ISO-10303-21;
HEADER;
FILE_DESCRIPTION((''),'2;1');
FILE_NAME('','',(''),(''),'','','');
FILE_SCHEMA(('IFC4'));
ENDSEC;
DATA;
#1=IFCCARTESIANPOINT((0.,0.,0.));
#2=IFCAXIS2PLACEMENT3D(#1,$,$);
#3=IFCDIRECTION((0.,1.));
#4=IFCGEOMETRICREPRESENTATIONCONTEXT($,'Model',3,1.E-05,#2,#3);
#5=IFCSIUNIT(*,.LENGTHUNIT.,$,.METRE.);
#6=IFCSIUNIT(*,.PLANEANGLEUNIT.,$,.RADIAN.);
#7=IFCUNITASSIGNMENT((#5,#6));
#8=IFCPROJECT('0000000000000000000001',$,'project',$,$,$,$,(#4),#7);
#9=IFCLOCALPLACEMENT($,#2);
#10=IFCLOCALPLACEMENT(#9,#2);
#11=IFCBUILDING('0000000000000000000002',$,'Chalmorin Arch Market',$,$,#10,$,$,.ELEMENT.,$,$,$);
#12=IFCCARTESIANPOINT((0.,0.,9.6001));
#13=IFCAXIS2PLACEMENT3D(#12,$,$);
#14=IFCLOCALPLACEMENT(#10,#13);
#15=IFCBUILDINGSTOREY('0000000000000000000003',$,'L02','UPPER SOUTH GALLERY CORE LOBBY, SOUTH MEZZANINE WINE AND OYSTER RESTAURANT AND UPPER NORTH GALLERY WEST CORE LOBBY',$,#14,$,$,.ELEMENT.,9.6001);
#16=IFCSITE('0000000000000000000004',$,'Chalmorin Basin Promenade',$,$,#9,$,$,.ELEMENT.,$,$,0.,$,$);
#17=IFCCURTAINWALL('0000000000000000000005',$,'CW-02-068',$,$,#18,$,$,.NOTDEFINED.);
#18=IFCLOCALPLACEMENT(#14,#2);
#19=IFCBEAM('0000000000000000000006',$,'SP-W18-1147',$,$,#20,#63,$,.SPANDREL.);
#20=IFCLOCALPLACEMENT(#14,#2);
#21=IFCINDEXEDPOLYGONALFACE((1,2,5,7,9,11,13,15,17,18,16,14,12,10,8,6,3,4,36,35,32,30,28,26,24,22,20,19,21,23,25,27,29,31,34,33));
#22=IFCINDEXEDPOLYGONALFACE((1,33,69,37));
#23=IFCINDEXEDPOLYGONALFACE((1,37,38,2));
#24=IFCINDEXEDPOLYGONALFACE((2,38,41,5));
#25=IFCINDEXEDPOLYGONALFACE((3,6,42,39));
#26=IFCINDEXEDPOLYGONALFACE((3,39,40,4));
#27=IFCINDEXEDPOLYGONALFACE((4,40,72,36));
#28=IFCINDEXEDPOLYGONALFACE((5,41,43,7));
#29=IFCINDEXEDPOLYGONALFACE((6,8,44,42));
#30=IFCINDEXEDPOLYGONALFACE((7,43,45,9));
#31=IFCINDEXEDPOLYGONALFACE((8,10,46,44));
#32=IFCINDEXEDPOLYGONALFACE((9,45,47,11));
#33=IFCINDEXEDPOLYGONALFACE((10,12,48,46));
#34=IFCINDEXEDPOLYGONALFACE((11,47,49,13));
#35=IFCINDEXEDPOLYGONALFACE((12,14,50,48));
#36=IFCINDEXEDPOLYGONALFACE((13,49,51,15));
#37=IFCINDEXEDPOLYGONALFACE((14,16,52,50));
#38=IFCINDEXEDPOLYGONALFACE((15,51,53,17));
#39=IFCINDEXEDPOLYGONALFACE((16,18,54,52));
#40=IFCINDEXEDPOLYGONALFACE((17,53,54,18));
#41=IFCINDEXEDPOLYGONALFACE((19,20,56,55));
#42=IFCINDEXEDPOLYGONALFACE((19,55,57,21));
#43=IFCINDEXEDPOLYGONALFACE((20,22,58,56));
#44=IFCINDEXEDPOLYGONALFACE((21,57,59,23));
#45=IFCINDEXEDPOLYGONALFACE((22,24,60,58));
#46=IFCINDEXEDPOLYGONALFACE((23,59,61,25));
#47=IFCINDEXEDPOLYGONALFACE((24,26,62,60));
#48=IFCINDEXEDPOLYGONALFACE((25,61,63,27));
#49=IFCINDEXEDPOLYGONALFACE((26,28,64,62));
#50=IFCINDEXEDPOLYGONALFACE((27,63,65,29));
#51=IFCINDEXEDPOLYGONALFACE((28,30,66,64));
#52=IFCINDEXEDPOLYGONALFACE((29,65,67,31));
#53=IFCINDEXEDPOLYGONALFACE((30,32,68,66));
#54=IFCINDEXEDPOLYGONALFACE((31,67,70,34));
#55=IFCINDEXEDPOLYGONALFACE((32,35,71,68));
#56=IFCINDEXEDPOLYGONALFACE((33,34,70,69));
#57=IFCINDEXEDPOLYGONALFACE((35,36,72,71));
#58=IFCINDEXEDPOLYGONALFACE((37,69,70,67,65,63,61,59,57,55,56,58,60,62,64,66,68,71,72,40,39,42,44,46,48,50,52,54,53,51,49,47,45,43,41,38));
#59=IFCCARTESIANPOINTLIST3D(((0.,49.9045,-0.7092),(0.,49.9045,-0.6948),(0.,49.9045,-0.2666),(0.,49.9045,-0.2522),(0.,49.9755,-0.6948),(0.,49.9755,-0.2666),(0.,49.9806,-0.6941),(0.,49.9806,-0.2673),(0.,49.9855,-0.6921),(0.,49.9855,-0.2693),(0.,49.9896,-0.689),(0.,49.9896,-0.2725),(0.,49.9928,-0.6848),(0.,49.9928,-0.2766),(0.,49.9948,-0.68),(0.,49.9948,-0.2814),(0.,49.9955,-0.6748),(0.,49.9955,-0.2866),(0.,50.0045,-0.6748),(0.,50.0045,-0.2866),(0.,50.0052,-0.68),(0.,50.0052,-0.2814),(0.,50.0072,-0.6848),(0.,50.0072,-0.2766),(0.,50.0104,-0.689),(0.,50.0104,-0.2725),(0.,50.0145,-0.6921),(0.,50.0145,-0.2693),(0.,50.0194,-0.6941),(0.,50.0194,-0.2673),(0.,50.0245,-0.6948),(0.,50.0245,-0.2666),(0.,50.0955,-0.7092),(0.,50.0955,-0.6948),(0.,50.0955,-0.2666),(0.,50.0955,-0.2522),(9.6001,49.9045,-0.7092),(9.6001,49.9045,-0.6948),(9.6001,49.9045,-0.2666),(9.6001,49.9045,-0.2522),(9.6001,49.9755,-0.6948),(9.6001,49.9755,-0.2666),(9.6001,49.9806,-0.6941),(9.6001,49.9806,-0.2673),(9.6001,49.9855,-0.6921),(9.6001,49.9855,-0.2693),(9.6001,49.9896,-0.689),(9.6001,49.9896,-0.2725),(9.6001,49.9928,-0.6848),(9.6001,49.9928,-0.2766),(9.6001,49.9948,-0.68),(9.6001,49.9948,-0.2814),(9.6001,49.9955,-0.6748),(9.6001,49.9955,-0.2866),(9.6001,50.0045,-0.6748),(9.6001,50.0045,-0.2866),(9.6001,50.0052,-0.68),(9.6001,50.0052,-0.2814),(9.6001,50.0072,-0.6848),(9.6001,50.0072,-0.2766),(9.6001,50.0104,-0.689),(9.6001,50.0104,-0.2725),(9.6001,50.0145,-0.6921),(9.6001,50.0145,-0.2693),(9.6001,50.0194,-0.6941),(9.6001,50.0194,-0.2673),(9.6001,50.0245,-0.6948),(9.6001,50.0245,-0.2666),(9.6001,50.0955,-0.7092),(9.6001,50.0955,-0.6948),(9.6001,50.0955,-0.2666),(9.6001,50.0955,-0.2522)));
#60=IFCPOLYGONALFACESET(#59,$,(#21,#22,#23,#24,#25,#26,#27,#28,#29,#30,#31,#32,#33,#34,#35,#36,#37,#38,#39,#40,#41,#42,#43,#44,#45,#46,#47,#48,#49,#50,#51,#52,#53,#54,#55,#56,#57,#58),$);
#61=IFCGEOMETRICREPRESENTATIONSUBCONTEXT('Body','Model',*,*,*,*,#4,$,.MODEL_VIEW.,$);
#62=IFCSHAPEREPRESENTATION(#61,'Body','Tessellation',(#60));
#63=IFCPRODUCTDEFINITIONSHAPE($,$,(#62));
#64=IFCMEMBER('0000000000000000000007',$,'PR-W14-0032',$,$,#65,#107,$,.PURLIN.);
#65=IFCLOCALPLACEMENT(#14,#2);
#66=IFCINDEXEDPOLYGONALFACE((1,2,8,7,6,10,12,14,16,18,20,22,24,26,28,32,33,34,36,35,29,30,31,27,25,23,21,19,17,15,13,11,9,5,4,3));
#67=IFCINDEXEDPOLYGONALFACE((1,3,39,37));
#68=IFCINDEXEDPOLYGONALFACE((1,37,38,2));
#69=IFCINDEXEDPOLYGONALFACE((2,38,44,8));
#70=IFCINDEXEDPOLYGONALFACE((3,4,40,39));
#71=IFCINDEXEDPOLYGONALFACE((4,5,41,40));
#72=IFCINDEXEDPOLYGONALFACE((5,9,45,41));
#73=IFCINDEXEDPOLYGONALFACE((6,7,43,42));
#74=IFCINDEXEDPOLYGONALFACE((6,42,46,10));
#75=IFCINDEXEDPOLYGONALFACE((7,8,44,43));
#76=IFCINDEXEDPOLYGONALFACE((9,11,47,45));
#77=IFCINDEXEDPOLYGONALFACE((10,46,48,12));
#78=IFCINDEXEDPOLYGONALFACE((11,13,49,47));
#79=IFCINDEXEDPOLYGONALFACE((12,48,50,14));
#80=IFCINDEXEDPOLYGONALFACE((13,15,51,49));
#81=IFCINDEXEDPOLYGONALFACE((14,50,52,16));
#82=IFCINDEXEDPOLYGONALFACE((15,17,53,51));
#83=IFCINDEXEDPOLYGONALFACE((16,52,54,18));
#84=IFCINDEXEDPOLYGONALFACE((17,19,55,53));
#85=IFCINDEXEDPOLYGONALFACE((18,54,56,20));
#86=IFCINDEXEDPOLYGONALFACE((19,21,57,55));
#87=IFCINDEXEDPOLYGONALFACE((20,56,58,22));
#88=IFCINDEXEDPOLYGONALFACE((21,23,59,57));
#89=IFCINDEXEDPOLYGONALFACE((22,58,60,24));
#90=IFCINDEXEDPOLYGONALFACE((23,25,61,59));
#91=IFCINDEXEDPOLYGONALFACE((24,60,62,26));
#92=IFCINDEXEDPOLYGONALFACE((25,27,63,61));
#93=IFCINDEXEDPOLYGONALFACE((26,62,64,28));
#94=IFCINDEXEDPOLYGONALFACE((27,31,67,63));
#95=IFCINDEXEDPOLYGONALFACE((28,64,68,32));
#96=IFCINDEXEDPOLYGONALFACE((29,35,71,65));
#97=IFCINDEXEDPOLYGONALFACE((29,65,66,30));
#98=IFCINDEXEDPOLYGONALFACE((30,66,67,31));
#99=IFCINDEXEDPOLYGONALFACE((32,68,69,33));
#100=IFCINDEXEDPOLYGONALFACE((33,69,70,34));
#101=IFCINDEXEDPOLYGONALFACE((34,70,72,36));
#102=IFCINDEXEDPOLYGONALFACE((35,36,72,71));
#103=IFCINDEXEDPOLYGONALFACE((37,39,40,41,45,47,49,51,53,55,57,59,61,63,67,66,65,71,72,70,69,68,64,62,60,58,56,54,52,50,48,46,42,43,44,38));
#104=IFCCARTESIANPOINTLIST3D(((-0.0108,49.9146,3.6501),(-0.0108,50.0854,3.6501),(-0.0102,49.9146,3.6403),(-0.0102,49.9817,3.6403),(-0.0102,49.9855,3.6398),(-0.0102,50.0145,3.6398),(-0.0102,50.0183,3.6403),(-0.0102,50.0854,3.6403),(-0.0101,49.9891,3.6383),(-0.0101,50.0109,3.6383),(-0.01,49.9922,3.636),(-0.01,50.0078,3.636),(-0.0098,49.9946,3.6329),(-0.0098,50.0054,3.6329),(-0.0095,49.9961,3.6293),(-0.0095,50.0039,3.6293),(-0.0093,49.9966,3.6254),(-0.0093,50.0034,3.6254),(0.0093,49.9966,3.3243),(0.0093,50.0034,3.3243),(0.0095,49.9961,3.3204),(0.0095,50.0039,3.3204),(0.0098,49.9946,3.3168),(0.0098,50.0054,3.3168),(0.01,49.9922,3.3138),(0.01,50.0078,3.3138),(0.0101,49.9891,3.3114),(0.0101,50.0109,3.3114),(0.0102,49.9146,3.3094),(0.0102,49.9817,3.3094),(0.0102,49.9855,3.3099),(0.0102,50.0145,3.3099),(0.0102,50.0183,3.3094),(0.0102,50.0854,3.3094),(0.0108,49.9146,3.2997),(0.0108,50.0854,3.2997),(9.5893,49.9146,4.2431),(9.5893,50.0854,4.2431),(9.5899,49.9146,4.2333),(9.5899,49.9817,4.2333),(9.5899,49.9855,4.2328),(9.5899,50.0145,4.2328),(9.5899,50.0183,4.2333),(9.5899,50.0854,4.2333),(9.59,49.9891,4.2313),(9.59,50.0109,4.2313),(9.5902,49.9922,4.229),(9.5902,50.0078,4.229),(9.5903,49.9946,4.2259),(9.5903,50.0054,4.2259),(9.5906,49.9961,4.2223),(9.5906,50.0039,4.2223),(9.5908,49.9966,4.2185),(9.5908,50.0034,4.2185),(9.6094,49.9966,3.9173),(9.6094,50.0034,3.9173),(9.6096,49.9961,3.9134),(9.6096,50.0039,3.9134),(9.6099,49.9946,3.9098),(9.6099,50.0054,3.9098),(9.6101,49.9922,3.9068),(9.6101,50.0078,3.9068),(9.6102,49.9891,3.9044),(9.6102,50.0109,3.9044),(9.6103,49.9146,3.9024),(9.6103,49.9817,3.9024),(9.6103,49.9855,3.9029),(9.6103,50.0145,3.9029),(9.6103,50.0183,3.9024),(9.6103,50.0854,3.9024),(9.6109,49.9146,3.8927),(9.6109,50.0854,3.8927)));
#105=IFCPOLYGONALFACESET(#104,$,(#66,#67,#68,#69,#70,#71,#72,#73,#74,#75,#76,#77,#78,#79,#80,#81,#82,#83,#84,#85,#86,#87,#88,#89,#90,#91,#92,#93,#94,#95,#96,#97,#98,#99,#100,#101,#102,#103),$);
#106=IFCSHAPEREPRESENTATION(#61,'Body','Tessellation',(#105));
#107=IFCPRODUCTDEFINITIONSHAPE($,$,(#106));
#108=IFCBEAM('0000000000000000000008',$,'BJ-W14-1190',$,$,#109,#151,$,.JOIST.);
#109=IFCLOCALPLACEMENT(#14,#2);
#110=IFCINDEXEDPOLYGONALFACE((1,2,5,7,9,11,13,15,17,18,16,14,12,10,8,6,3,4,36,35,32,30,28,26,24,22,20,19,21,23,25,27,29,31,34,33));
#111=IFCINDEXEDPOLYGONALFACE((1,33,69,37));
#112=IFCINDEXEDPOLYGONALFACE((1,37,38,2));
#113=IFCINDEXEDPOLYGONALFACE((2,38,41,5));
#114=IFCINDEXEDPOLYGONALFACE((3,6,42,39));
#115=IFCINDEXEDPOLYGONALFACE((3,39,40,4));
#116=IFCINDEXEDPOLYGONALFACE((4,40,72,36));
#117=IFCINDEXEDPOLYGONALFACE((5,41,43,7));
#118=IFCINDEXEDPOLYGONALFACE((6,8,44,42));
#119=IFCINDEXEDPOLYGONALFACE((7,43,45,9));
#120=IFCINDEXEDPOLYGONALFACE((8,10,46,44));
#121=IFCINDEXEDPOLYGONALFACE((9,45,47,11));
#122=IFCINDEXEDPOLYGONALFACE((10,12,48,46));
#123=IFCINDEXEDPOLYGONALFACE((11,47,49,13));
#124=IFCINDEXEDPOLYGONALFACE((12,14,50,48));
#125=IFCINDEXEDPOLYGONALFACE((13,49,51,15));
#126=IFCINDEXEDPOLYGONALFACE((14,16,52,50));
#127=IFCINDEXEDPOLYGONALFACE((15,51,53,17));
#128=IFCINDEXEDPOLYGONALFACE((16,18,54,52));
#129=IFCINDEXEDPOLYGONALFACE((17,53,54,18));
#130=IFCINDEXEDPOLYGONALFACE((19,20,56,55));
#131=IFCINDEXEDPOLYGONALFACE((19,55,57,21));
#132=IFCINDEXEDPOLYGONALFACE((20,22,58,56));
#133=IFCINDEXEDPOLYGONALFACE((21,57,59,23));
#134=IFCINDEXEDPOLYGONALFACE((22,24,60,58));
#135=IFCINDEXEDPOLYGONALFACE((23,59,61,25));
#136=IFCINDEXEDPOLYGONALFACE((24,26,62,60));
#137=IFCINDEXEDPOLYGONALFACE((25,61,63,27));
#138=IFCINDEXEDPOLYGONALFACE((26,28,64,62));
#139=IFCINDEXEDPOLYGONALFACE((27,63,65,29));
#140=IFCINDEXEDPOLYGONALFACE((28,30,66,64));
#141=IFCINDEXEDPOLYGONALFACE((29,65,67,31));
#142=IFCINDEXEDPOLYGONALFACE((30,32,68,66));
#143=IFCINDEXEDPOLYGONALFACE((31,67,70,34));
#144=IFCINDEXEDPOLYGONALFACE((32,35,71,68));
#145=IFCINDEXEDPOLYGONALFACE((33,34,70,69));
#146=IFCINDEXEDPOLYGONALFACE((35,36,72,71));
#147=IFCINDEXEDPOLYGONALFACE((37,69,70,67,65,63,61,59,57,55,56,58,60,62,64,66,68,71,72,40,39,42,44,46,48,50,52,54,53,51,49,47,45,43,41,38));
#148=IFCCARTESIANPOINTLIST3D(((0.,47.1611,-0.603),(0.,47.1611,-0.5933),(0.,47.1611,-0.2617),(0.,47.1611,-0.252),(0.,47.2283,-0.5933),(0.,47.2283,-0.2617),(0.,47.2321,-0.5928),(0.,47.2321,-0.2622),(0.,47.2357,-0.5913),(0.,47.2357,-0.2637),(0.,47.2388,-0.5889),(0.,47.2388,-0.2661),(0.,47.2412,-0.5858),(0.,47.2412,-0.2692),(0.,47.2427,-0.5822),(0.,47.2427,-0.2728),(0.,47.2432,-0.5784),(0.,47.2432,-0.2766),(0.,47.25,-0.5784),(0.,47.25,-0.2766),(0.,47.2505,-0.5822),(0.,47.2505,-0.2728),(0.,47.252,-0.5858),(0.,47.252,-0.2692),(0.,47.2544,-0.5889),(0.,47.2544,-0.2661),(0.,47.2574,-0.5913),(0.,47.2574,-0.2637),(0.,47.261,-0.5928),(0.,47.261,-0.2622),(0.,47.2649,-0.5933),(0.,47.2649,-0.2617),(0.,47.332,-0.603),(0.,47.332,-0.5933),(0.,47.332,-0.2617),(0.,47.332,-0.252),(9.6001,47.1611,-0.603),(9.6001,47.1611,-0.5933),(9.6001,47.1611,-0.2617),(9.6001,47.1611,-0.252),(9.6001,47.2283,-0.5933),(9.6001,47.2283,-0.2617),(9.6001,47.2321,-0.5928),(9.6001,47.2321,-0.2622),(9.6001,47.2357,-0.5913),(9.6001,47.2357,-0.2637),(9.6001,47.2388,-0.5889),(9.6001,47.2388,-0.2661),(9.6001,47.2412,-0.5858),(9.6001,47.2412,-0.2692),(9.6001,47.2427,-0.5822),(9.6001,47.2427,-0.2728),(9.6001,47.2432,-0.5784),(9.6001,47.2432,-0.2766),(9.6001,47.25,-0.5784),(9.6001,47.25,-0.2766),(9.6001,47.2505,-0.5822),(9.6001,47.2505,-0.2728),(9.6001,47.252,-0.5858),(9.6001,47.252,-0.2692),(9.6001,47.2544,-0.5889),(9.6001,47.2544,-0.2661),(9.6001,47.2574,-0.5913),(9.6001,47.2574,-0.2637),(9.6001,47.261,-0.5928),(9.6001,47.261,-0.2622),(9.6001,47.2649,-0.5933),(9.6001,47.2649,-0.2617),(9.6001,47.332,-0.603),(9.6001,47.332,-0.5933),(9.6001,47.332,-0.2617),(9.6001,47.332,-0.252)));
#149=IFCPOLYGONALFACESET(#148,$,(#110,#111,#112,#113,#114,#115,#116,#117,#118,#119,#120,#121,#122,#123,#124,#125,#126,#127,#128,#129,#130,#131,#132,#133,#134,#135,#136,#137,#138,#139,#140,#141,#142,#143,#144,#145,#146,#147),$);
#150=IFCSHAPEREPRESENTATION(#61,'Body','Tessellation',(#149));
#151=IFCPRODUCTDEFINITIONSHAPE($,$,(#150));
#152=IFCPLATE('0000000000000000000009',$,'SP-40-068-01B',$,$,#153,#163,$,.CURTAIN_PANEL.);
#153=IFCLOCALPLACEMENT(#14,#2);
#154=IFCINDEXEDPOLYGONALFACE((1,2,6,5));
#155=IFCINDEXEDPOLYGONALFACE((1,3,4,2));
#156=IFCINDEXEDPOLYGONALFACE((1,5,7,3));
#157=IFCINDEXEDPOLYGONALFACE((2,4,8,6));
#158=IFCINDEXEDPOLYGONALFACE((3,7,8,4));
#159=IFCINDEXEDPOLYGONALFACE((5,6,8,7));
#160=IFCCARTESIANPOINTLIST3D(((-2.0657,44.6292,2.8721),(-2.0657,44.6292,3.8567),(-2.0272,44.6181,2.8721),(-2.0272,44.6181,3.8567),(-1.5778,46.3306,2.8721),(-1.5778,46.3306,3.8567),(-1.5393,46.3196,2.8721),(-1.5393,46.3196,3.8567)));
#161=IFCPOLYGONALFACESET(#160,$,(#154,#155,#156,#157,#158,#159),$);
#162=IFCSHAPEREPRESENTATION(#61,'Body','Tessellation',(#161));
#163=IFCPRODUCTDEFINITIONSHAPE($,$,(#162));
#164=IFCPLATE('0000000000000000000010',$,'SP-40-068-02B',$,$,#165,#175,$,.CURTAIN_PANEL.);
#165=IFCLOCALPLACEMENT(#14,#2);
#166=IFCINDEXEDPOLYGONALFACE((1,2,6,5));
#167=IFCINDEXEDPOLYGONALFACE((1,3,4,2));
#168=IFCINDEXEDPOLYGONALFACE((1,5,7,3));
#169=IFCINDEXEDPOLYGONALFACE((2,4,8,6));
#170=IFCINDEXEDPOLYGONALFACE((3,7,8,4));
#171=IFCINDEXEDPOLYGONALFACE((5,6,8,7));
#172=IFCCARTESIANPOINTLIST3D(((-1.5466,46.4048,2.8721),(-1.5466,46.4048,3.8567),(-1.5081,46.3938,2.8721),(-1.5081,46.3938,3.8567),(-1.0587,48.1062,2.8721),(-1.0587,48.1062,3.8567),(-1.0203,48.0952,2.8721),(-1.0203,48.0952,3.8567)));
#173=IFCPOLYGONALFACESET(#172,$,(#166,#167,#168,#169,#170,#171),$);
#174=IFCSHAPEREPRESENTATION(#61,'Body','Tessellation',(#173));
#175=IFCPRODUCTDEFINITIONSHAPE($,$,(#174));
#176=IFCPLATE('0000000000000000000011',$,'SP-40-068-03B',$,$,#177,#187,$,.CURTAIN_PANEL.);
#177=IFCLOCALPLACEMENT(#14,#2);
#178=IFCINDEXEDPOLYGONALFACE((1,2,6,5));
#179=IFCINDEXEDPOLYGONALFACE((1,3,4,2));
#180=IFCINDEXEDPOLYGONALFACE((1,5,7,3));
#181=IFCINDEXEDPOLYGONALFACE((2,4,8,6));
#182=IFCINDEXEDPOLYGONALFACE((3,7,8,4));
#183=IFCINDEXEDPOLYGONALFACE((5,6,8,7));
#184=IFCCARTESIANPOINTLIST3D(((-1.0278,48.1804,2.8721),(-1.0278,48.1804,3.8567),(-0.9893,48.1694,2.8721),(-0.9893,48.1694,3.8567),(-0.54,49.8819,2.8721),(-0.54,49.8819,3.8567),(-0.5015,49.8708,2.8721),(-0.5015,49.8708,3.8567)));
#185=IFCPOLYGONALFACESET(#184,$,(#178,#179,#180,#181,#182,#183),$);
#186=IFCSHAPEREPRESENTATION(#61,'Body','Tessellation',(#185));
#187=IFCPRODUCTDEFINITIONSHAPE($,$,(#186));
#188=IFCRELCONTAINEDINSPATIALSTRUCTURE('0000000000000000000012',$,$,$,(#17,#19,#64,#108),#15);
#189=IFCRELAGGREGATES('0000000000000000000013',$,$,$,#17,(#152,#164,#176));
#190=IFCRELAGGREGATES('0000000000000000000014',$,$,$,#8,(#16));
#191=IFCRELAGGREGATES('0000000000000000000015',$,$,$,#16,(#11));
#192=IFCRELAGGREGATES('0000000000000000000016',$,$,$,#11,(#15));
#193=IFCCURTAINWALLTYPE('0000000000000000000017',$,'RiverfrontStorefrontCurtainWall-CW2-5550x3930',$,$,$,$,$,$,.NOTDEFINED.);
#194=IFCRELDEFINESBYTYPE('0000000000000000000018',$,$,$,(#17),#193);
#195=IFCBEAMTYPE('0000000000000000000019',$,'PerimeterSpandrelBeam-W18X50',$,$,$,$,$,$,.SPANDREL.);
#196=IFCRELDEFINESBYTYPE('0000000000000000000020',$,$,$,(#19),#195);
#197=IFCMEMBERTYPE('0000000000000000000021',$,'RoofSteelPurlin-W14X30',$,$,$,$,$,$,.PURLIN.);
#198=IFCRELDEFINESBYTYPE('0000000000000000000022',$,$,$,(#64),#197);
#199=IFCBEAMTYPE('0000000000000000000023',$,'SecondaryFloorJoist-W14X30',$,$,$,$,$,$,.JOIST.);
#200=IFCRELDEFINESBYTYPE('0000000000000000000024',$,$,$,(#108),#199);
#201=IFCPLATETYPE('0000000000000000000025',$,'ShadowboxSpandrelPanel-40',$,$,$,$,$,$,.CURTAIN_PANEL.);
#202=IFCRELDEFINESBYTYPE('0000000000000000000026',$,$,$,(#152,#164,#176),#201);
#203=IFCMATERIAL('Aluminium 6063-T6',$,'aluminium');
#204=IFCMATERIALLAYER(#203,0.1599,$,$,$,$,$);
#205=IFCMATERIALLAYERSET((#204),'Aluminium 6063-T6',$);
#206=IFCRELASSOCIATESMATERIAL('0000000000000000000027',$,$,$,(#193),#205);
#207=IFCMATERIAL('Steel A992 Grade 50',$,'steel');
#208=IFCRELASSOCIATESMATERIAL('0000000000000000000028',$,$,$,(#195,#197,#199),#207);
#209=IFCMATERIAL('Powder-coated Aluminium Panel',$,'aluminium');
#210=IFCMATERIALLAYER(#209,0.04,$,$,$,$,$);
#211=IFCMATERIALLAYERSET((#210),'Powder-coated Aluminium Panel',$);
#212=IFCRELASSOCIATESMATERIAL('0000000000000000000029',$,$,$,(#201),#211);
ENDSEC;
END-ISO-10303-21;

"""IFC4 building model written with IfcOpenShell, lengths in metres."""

from ifc_helpers import new_model, si_unit, direction, frame, origin, origin_2d, place, context, subcontext, project, spatial, rectangle, i_section, extrude, material, layer, layer_set, material_profile, profile_set, type_object, element, aggregate, save


model = new_model("IFC4")

# Units and contexts
model_context = context("Model", 3, precision=1e-05, world=origin(), true_north=direction((0.0, 1.0)))
body_context = subcontext(model_context, "Body", "Model", "MODEL_VIEW")
ifc_project = project(units=[si_unit("LENGTHUNIT", "METRE"), si_unit("PLANEANGLEUNIT", "RADIAN")], contexts=[model_context])

# Site, building, storey
site_placement = place(None, origin())
site = spatial("IfcSite", under=ifc_project, at=site_placement, Name="Chalmorin Basin Promenade", CompositionType="ELEMENT", RefElevation=0.0)
building_placement = place(site_placement, origin())
building = spatial("IfcBuilding", under=site, at=building_placement, Name="Chalmorin Arch Market", CompositionType="ELEMENT")
storey_placement = place(building_placement, frame((0.0, 0.0, 9.6001)))
storey = spatial("IfcBuildingStorey", under=building, at=storey_placement, Name="L02", Description="UPPER SOUTH GALLERY CORE LOBBY, SOUTH MEZZANINE WINE AND OYSTER RESTAURANT AND UPPER NORTH GALLERY WEST CORE LOBBY", CompositionType="ELEMENT", Elevation=9.6001)

# Curtain wall
ifc_material_1 = material(Name="Aluminium 6063-T6", Category="aluminium")
ifc_layer_1 = layer(ifc_material_1, 0.1599)
ifc_layer_set_1 = layer_set([ifc_layer_1], Name="Aluminium 6063-T6")
curtain_wall_type_1 = type_object("IfcCurtainWallType", Name="RiverfrontStorefrontCurtainWall-CW2-5550x3930", PredefinedType="NOTDEFINED", material=ifc_layer_set_1)
curtain_wall_1_placement = place(storey_placement, origin())
curtain_wall_1 = element("IfcCurtainWall", 1, at=curtain_wall_1_placement, inside=storey, type_object=curtain_wall_type_1, Name="CW-02-068", PredefinedType="NOTDEFINED")

# Beam
ifc_material_2 = material(Name="Steel A992 Grade 50", Category="steel")
ifc_material_profile_1 = material_profile(ifc_material_2, i_section(OverallWidth=0.1909, OverallDepth=0.457, WebThickness=0.009, FlangeThickness=0.0144, FilletRadius=0.02, at=origin_2d()), Name="W18X50")
ifc_profile_set_1 = profile_set([ifc_material_profile_1], Name="Steel A992 Grade 50")
beam_type_1 = type_object("IfcBeamType", Name="PerimeterSpandrelBeam-W18X50", PredefinedType="SPANDREL", material=ifc_profile_set_1)
beam_1_placement = place(storey_placement, frame((0.0, 50.0, -0.4807), z_axis=(1.0, 0.0, 0.0), x_axis=(0.0, 1.0, 0.0)))
element("IfcBeam", 2, at=beam_1_placement, inside=storey, type_object=beam_type_1, Name="SP-W18-1147", PredefinedType="SPANDREL", context=body_context, shape_type="SweptSolid", body=[
    extrude(i_section(OverallWidth=0.1909, OverallDepth=0.457, WebThickness=0.009, FlangeThickness=0.0144, FilletRadius=0.02, at=origin_2d()), origin(), (0.0, 0.0, 1.0), 9.6001),
])

# Member
ifc_material_profile_2 = material_profile(ifc_material_2, i_section(OverallWidth=0.1709, OverallDepth=0.3511, WebThickness=0.0068, FlangeThickness=0.0098, FilletRadius=0.0149, at=origin_2d()), Name="W14X30")
ifc_profile_set_2 = profile_set([ifc_material_profile_2], Name="Steel A992 Grade 50")
member_type_1 = type_object("IfcMemberType", Name="RoofSteelPurlin-W14X30", PredefinedType="PURLIN", material=ifc_profile_set_2)
member_1_placement = place(storey_placement, frame((0.0, 50.0, 3.4749), z_axis=(0.998098, 0.0, 0.061655), x_axis=(0.0, 1.0, 0.0)))
element("IfcMember", 3, at=member_1_placement, inside=storey, type_object=member_type_1, Name="PR-W14-0032", PredefinedType="PURLIN", context=body_context, shape_type="SweptSolid", body=[
    extrude(i_section(OverallWidth=0.1709, OverallDepth=0.3511, WebThickness=0.0068, FlangeThickness=0.0098, FilletRadius=0.0149, at=origin_2d()), origin(), (0.0, 0.0, 1.0), 9.6184),
])

# Beam
ifc_material_profile_3 = material_profile(ifc_material_2, i_section(OverallWidth=0.1709, OverallDepth=0.3511, WebThickness=0.0068, FlangeThickness=0.0098, FilletRadius=0.0149, at=origin_2d()), Name="W14X30")
ifc_profile_set_3 = profile_set([ifc_material_profile_3], Name="Steel A992 Grade 50")
beam_type_2 = type_object("IfcBeamType", Name="SecondaryFloorJoist-W14X30", PredefinedType="JOIST", material=ifc_profile_set_3)
beam_2_placement = place(storey_placement, frame((0.0, 47.2466, -0.4275), z_axis=(1.0, 0.0, 0.0), x_axis=(0.0, 1.0, 0.0)))
element("IfcBeam", 4, at=beam_2_placement, inside=storey, type_object=beam_type_2, Name="BJ-W14-1190", PredefinedType="JOIST", context=body_context, shape_type="SweptSolid", body=[
    extrude(i_section(OverallWidth=0.1709, OverallDepth=0.3511, WebThickness=0.0068, FlangeThickness=0.0098, FilletRadius=0.0149, at=origin_2d()), origin(), (0.0, 0.0, 1.0), 9.6001),
])

# Plates
ifc_material_3 = material(Name="Powder-coated Aluminium Panel", Category="aluminium")
ifc_layer_2 = layer(ifc_material_3, 0.04)
ifc_layer_set_2 = layer_set([ifc_layer_2], Name="Powder-coated Aluminium Panel")
plate_type_1 = type_object("IfcPlateType", Name="ShadowboxSpandrelPanel-40", PredefinedType="CURTAIN_PANEL", material=ifc_layer_set_2)
plate_1_placement = place(storey_placement, frame((-1.8025, 45.4744, 2.8721), z_axis=(0.0, 0.0, 1.0), x_axis=(0.275637, 0.961262, 0.0)))
plate_1 = element("IfcPlate", 5, at=plate_1_placement, type_object=plate_type_1, Name="SP-40-068-01B", PredefinedType="CURTAIN_PANEL", context=body_context, shape_type="SweptSolid", body=[
    extrude(rectangle(XDim=1.77, YDim=0.04, at=origin_2d()), origin(), (0.0, 0.0, 1.0), 0.9846),
])
plate_2_placement = place(storey_placement, frame((-1.2834, 47.25, 2.8721), z_axis=(0.0, 0.0, 1.0), x_axis=(0.275637, 0.961262, 0.0)))
plate_2 = element("IfcPlate", 6, at=plate_2_placement, type_object=plate_type_1, Name="SP-40-068-02B", PredefinedType="CURTAIN_PANEL", context=body_context, shape_type="SweptSolid", body=[
    extrude(rectangle(XDim=1.77, YDim=0.04, at=origin_2d()), origin(), (0.0, 0.0, 1.0), 0.9846),
])
plate_3_placement = place(storey_placement, frame((-0.7646, 49.0256, 2.8721), z_axis=(0.0, 0.0, 1.0), x_axis=(0.275637, 0.961262, 0.0)))
plate_3 = element("IfcPlate", 7, at=plate_3_placement, type_object=plate_type_1, Name="SP-40-068-03B", PredefinedType="CURTAIN_PANEL", context=body_context, shape_type="SweptSolid", body=[
    extrude(rectangle(XDim=1.77, YDim=0.04, at=origin_2d()), origin(), (0.0, 0.0, 1.0), 0.9846),
])
aggregate(curtain_wall_1, [plate_1, plate_2, plate_3])

save(model, "model.ifc")
